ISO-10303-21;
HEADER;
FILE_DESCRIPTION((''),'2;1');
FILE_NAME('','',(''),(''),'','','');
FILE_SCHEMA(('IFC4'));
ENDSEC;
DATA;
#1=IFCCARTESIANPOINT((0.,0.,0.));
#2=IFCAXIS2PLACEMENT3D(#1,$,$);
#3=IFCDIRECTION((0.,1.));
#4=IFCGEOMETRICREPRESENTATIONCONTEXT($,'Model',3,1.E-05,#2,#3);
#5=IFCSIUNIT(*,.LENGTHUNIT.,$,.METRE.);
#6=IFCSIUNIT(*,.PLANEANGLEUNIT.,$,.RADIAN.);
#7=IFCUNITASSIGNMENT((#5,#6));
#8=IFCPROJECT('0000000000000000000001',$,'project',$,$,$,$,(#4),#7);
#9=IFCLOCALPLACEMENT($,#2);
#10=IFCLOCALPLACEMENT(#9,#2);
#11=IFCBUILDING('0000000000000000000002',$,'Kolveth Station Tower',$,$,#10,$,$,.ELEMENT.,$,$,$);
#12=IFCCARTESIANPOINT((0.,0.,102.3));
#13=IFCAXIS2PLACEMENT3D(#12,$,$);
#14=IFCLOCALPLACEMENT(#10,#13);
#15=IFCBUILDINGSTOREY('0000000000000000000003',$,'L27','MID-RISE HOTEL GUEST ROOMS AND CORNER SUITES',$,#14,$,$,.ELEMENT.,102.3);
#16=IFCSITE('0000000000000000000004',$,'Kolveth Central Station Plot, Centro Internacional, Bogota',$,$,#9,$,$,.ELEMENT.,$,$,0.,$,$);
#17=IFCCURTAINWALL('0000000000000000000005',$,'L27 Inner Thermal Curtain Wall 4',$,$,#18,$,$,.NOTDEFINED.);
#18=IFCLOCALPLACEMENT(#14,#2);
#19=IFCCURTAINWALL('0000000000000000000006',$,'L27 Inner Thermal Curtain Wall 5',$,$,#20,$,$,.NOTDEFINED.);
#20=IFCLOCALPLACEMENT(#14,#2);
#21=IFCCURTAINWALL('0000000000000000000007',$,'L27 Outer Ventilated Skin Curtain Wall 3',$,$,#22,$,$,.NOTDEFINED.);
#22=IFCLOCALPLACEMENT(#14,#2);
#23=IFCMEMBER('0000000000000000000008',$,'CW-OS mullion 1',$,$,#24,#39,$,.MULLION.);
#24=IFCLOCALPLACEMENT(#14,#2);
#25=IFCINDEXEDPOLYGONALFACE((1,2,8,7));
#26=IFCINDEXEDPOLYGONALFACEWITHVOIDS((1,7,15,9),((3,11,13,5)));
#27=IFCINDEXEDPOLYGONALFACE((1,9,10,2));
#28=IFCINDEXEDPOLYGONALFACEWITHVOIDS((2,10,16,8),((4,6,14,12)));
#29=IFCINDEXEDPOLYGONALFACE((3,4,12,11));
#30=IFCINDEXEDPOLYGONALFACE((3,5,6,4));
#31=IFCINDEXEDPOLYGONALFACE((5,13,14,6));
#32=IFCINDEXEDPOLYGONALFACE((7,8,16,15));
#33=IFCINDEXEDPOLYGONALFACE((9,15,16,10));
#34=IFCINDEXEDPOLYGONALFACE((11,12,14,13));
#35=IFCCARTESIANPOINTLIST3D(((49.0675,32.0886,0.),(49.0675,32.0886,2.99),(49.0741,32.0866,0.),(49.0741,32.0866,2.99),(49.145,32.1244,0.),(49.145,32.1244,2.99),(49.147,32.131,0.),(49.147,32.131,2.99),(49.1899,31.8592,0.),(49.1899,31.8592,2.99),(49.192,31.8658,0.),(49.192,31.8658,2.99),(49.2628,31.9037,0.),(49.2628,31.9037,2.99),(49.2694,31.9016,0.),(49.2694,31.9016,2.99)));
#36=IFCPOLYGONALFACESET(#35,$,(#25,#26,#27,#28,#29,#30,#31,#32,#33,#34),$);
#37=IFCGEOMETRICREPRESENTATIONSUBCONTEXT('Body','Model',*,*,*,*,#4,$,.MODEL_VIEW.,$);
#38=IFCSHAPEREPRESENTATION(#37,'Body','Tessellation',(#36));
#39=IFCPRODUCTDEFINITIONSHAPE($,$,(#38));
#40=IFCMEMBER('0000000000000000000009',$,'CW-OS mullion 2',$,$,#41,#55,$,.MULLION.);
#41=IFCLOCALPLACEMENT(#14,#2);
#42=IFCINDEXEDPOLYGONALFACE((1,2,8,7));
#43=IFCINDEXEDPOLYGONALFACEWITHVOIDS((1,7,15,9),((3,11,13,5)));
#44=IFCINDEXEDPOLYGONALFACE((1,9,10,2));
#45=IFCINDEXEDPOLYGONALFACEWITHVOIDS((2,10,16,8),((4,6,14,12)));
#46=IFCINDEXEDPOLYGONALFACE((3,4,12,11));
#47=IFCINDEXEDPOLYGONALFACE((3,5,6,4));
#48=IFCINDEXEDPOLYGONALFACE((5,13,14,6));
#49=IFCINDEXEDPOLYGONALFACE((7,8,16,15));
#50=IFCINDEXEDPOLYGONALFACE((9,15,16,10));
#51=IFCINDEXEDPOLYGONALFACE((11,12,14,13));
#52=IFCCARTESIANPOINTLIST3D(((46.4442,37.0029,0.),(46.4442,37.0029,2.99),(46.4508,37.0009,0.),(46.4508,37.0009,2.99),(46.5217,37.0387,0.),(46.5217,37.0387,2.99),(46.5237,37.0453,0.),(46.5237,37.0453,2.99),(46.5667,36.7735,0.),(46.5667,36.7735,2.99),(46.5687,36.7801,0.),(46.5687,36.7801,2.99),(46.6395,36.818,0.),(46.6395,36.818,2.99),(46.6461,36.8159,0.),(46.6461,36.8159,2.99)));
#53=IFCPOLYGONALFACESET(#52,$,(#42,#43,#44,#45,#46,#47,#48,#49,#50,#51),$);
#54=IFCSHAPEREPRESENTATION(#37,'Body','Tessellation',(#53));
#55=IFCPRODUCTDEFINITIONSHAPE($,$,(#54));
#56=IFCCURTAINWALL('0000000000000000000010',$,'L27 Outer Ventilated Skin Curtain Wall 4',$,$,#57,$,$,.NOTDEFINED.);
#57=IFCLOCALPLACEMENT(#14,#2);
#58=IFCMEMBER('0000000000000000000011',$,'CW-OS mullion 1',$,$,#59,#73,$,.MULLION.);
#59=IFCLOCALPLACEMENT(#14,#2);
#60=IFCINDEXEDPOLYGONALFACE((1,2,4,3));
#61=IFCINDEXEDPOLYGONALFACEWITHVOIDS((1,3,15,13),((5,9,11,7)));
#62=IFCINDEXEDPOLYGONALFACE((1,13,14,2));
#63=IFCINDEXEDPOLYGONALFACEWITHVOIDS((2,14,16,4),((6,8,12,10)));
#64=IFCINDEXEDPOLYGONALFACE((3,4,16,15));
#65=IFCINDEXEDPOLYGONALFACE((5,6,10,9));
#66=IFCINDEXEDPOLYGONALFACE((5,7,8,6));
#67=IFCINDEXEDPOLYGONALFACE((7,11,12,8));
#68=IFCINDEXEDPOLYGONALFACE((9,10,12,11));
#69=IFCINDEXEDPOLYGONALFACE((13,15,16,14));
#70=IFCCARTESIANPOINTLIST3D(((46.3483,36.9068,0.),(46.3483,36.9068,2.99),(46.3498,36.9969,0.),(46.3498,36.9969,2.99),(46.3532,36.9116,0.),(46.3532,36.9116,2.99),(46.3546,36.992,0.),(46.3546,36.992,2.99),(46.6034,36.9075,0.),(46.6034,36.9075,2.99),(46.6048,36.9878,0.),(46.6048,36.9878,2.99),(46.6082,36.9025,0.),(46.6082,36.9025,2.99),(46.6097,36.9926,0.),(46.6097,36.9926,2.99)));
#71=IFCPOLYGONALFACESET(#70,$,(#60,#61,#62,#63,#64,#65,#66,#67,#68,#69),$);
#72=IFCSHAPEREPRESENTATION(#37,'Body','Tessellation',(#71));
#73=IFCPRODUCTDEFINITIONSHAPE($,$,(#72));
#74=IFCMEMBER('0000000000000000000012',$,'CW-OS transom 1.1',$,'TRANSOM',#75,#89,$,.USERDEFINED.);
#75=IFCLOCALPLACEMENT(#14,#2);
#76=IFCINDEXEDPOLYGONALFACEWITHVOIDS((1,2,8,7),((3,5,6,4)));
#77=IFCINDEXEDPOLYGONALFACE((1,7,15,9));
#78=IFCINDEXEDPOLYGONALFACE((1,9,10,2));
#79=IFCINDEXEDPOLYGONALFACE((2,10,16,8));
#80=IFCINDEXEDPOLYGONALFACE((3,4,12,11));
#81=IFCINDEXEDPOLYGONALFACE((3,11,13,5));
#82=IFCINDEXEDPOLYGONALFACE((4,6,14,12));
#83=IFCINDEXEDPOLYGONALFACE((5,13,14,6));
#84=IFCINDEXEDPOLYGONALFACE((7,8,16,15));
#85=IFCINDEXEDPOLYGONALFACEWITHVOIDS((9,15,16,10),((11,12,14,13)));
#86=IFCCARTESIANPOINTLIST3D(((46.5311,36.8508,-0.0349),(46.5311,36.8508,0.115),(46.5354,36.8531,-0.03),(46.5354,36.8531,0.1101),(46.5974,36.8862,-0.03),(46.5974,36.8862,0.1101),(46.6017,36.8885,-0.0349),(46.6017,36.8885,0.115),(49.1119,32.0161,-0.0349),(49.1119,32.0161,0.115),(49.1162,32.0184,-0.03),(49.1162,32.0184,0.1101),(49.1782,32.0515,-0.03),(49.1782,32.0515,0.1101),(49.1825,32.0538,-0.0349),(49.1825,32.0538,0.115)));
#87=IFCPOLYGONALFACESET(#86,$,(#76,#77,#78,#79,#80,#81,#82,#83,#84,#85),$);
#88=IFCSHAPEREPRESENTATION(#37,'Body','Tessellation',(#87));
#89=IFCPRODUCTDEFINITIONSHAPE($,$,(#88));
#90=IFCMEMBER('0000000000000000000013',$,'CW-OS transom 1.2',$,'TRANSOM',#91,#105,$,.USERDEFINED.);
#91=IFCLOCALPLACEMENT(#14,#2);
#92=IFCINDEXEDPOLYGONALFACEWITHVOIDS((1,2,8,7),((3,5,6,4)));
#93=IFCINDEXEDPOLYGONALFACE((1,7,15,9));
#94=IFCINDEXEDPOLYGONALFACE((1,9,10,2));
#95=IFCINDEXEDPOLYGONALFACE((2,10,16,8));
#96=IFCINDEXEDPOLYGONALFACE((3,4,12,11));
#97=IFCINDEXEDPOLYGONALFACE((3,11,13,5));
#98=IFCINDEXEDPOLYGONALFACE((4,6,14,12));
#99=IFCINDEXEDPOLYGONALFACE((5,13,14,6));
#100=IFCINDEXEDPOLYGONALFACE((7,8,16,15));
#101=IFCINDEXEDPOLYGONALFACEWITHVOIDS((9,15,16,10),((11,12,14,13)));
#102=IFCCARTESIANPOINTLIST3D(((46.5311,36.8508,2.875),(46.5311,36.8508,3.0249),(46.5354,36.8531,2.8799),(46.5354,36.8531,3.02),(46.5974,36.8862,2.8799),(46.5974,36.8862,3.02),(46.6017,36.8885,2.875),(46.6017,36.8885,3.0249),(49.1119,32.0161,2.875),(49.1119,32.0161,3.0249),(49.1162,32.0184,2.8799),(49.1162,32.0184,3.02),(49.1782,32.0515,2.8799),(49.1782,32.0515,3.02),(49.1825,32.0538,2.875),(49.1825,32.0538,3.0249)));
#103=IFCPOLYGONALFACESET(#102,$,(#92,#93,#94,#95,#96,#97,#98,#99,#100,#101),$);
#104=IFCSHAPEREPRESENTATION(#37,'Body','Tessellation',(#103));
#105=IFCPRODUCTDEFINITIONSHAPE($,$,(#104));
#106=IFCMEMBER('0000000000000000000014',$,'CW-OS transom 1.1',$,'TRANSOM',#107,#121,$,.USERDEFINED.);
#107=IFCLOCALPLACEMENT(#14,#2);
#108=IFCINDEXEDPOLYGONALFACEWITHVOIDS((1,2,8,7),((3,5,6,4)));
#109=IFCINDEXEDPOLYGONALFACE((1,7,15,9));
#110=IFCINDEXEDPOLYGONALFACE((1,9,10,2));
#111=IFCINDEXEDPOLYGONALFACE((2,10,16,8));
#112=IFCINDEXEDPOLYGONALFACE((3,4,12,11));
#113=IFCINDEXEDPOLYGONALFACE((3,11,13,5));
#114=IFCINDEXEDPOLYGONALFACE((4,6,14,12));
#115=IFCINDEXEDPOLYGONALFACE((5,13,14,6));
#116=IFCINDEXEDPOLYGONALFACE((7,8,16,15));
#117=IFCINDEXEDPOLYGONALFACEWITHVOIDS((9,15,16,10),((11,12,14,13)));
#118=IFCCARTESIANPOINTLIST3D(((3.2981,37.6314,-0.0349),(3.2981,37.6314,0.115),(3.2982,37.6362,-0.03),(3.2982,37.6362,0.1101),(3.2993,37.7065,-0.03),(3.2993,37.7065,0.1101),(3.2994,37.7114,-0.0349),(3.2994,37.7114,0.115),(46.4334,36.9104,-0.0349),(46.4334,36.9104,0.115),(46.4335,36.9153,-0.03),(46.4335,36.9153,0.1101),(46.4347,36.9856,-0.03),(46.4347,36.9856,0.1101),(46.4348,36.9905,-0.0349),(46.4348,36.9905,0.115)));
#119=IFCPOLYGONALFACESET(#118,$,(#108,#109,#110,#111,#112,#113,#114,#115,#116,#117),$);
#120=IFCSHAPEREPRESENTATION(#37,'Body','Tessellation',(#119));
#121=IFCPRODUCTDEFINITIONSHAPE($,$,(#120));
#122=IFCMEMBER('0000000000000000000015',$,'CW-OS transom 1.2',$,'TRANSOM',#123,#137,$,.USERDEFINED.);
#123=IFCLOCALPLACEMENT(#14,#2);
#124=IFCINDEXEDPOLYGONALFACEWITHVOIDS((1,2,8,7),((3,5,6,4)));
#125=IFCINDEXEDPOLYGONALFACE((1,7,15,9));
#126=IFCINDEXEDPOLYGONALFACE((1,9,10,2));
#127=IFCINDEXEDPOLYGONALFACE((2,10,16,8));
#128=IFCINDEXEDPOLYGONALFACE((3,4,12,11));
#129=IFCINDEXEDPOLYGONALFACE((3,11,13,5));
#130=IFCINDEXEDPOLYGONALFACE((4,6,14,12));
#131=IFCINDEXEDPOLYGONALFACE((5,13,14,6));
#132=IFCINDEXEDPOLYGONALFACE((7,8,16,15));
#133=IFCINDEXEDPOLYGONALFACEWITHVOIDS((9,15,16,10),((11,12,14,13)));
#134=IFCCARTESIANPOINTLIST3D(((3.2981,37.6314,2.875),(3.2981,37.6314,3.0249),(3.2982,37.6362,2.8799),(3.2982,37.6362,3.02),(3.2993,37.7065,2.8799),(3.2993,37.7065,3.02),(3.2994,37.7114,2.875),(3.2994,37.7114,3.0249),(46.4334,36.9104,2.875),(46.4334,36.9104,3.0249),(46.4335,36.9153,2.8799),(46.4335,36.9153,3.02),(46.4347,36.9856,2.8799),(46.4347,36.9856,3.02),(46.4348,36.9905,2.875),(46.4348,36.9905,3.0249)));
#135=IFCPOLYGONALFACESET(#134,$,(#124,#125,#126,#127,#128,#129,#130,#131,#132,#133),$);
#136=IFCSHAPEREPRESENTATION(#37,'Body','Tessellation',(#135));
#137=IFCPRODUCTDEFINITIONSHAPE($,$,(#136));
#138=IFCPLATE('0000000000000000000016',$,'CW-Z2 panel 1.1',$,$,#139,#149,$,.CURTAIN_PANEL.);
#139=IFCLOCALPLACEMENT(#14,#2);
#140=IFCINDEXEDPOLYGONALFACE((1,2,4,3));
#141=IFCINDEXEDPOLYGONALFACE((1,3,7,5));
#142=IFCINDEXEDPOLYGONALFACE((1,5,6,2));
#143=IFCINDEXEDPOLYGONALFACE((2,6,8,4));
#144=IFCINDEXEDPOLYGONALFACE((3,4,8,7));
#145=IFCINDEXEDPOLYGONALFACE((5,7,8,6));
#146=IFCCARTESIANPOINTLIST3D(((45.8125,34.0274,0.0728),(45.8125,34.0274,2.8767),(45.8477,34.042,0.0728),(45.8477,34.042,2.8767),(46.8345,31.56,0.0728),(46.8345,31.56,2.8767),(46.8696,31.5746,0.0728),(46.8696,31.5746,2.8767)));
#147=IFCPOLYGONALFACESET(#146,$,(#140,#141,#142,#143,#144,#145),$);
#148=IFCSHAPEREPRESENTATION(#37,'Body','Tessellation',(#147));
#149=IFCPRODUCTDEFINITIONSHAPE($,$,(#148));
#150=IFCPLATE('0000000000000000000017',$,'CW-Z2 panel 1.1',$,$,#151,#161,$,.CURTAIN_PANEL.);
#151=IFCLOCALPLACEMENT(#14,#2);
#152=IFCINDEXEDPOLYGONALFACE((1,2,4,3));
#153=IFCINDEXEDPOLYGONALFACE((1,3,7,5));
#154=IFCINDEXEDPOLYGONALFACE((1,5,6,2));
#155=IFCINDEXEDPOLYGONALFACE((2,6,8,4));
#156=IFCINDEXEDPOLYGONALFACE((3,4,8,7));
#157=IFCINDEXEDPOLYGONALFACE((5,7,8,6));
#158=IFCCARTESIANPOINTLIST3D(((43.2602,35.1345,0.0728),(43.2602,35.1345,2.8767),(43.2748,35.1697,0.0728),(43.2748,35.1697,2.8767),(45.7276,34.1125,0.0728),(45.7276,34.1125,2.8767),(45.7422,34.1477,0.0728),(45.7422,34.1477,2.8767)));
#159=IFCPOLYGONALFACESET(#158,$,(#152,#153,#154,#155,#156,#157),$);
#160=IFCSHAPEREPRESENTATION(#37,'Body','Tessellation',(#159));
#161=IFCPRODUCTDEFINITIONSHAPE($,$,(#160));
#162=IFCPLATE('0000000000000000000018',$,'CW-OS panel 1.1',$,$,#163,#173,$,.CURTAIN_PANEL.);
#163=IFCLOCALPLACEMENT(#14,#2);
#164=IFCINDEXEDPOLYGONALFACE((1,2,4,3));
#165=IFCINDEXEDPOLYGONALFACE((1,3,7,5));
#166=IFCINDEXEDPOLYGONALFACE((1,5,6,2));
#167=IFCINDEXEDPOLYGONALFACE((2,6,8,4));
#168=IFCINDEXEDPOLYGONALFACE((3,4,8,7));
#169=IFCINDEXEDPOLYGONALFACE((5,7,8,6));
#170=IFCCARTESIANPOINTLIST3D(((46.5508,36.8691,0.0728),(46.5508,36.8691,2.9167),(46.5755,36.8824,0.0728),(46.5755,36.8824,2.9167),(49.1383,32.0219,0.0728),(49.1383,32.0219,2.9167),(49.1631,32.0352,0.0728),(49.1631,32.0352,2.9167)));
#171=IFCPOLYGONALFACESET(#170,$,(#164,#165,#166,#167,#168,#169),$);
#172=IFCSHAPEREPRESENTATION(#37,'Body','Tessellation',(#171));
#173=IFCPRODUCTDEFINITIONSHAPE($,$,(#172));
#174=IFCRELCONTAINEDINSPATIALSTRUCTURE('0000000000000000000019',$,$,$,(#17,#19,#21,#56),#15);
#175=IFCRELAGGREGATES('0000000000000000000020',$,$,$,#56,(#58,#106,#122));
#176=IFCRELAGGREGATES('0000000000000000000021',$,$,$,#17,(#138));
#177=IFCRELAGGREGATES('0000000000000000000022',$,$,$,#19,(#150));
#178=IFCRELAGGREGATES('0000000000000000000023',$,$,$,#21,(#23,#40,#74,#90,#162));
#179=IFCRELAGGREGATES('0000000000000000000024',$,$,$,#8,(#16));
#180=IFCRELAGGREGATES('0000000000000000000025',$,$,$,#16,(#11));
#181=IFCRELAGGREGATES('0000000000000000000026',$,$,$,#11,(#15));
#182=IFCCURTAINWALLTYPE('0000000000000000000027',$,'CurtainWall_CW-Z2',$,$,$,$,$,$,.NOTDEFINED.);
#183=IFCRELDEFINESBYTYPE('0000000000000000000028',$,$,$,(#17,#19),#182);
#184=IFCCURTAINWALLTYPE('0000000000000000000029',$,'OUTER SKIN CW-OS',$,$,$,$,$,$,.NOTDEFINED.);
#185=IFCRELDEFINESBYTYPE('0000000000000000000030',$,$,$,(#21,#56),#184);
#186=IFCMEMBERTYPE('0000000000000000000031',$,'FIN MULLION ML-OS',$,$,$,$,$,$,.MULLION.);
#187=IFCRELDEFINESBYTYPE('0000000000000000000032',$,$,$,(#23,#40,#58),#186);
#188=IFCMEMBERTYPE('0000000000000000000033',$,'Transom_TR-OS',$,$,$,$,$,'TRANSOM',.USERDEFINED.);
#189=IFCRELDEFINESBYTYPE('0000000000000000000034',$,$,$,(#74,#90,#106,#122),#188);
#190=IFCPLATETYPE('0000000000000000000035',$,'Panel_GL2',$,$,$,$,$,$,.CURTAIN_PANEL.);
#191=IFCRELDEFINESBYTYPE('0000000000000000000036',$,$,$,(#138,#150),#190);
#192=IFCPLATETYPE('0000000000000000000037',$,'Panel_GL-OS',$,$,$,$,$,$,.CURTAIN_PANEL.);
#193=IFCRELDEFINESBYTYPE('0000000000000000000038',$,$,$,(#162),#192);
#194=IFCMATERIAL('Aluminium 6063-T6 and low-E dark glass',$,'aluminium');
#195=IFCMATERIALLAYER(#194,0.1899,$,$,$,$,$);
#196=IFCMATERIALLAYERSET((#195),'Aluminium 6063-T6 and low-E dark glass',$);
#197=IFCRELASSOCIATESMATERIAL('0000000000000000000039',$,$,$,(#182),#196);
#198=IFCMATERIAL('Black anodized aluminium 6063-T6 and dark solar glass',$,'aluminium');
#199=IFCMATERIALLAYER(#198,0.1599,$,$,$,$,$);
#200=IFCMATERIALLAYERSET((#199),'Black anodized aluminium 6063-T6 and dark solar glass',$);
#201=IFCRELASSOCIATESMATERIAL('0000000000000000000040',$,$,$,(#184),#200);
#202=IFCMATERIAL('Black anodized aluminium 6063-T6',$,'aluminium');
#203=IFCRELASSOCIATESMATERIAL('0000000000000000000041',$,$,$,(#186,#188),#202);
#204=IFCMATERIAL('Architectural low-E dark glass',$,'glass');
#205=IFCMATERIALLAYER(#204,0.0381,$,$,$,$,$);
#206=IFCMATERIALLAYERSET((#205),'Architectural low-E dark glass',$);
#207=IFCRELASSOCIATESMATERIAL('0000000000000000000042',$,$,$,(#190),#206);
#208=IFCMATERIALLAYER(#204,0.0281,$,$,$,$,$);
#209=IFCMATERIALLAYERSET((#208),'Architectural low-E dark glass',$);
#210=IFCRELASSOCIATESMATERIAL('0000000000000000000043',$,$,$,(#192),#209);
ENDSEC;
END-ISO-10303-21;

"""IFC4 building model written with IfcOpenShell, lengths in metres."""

from ifc_helpers import new_model, si_unit, direction, frame, origin, origin_2d, place, context, subcontext, project, spatial, rectangle, hollow_rectangle, extrude, source, transform, mapped, material, layer, layer_set, material_profile, profile_set, type_object, element, aggregate, save


model = new_model("IFC4")

# Units and contexts
model_context = context("Model", 3, precision=1e-05, world=origin(), true_north=direction((0.0, 1.0)))
body_context = subcontext(model_context, "Body", "Model", "MODEL_VIEW")
ifc_project = project(units=[si_unit("LENGTHUNIT", "METRE"), si_unit("PLANEANGLEUNIT", "RADIAN")], contexts=[model_context])

# Site, building, storey
site_placement = place(None, origin())
site = spatial("IfcSite", under=ifc_project, at=site_placement, Name="Kolveth Central Station Plot, Centro Internacional, Bogota", CompositionType="ELEMENT", RefElevation=0.0)
building_placement = place(site_placement, origin())
building = spatial("IfcBuilding", under=site, at=building_placement, Name="Kolveth Station Tower", CompositionType="ELEMENT")
storey_placement = place(building_placement, frame((0.0, 0.0, 102.3)))
storey = spatial("IfcBuildingStorey", under=building, at=storey_placement, Name="L27", Description="MID-RISE HOTEL GUEST ROOMS AND CORNER SUITES", CompositionType="ELEMENT", Elevation=102.3)

# Curtain wall
ifc_material_1 = material(Name="Aluminium 6063-T6 and low-E dark glass", Category="aluminium")
ifc_layer_1 = layer(ifc_material_1, 0.1899)
ifc_layer_set_1 = layer_set([ifc_layer_1], Name="Aluminium 6063-T6 and low-E dark glass")
curtain_wall_type_1 = type_object("IfcCurtainWallType", Name="CurtainWall_CW-Z2", PredefinedType="NOTDEFINED", material=ifc_layer_set_1)
curtain_wall_1_placement = place(storey_placement, origin())
curtain_wall_1 = element("IfcCurtainWall", 1, at=curtain_wall_1_placement, inside=storey, type_object=curtain_wall_type_1, Name="L27 Inner Thermal Curtain Wall 4", PredefinedType="NOTDEFINED")
ifc_material_2 = material(Name="Black anodized aluminium 6063-T6", Category="aluminium")

# Curtain wall
curtain_wall_2_placement = place(storey_placement, origin())
curtain_wall_2 = element("IfcCurtainWall", 2, at=curtain_wall_2_placement, inside=storey, type_object=curtain_wall_type_1, Name="L27 Inner Thermal Curtain Wall 5", PredefinedType="NOTDEFINED")

# Shared definitions
ifc_material_3 = material(Name="Black anodized aluminium 6063-T6 and dark solar glass", Category="aluminium")
ifc_layer_2 = layer(ifc_material_3, 0.1599)
ifc_layer_set_2 = layer_set([ifc_layer_2], Name="Black anodized aluminium 6063-T6 and dark solar glass")
curtain_wall_type_2 = type_object("IfcCurtainWallType", Name="OUTER SKIN CW-OS", PredefinedType="NOTDEFINED", material=ifc_layer_set_2)
ifc_material_profile_1 = material_profile(ifc_material_2, hollow_rectangle(XDim=0.0901, YDim=0.26, WallThickness=0.0049, at=origin_2d()), Name="ALU-90x260x5")
ifc_profile_set_1 = profile_set([ifc_material_profile_1], Name="Black anodized aluminium 6063-T6")
member_type_1 = type_object("IfcMemberType", Name="FIN MULLION ML-OS", PredefinedType="MULLION", material=ifc_profile_set_1)
shared_shape_1 = source(origin(), body_context, "Body", "SweptSolid", [
    extrude(hollow_rectangle(XDim=0.0901, YDim=0.26, WallThickness=0.0049, at=origin_2d()), origin(), (0.0, 0.0, 1.0), 2.99),
])

# Curtain wall, members
curtain_wall_3_placement = place(storey_placement, origin())
curtain_wall_3 = element("IfcCurtainWall", 3, at=curtain_wall_3_placement, inside=storey, type_object=curtain_wall_type_2, Name="L27 Outer Ventilated Skin Curtain Wall 3", PredefinedType="NOTDEFINED")
member_1_placement = place(storey_placement, frame((49.1685, 31.9951, 0.0), z_axis=(0.0, 0.0, 1.0), x_axis=(-0.882173, -0.470925, 0.0)))
member_1 = element("IfcMember", 4, at=member_1_placement, type_object=member_type_1, Name="CW-OS mullion 1", PredefinedType="MULLION", context=body_context, shape_type="MappedRepresentation", body=[
    mapped(shared_shape_1, transform((0.0, 0.0, 0.0), x_axis=(1.0, 0.0, 0.0), y_axis=(0.0, 1.0, 0.0), z_axis=(0.0, 0.0, 1.0), scale=1.0)),
])
member_2_placement = place(storey_placement, frame((46.5452, 36.9094, 0.0), z_axis=(0.0, 0.0, 1.0), x_axis=(-0.882173, -0.470925, 0.0)))
member_2 = element("IfcMember", 5, at=member_2_placement, type_object=member_type_1, Name="CW-OS mullion 2", PredefinedType="MULLION", context=body_context, shape_type="MappedRepresentation", body=[
    mapped(shared_shape_1, transform((0.0, 0.0, 0.0), x_axis=(1.0, 0.0, 0.0), y_axis=(0.0, 1.0, 0.0), z_axis=(0.0, 0.0, 1.0), scale=1.0)),
])

# Curtain wall, member
curtain_wall_4_placement = place(storey_placement, origin())
curtain_wall_4 = element("IfcCurtainWall", 6, at=curtain_wall_4_placement, inside=storey, type_object=curtain_wall_type_2, Name="L27 Outer Ventilated Skin Curtain Wall 4", PredefinedType="NOTDEFINED")
member_3_placement = place(storey_placement, frame((46.479, 36.9497, 0.0), z_axis=(0.0, 0.0, 1.0), x_axis=(-0.016712, -0.99986, 0.0)))
member_3 = element("IfcMember", 7, at=member_3_placement, type_object=member_type_1, Name="CW-OS mullion 1", PredefinedType="MULLION", context=body_context, shape_type="MappedRepresentation", body=[
    mapped(shared_shape_1, transform((0.0, 0.0, 0.0), x_axis=(1.0, 0.0, 0.0), y_axis=(0.0, 1.0, 0.0), z_axis=(0.0, 0.0, 1.0), scale=1.0)),
])

# Members
ifc_material_profile_2 = material_profile(ifc_material_2, hollow_rectangle(XDim=0.0801, YDim=0.1499, WallThickness=0.0049, at=origin_2d()), Name="ALU-80x150x5")
ifc_profile_set_2 = profile_set([ifc_material_profile_2], Name="Black anodized aluminium 6063-T6")
member_type_2 = type_object("IfcMemberType", Name="Transom_TR-OS", ElementType="TRANSOM", PredefinedType="USERDEFINED", material=ifc_profile_set_2)
shared_shape_2 = source(origin(), body_context, "Body", "SweptSolid", [
    extrude(hollow_rectangle(XDim=0.0801, YDim=0.1499, WallThickness=0.0049, at=origin_2d()), origin(), (0.0, 0.0, 1.0), 5.4805),
])
member_4_placement = place(storey_placement, frame((49.1472, 32.0349, 0.04), z_axis=(-0.470914, 0.882179, 0.0), x_axis=(-0.882179, -0.470914, 0.0)))
member_4 = element("IfcMember", 8, at=member_4_placement, type_object=member_type_2, Name="CW-OS transom 1.1", ObjectType="TRANSOM", PredefinedType="USERDEFINED", context=body_context, shape_type="MappedRepresentation", body=[
    mapped(shared_shape_2, transform((0.0, 0.0, 0.0), x_axis=(1.0, 0.0, 0.0), y_axis=(0.0, 1.0, 0.0), z_axis=(0.0, 0.0, 1.0), scale=1.0)),
])
member_5_placement = place(storey_placement, frame((49.1472, 32.0349, 2.95), z_axis=(-0.470914, 0.882179, 0.0), x_axis=(-0.882179, -0.470914, 0.0)))
member_5 = element("IfcMember", 9, at=member_5_placement, type_object=member_type_2, Name="CW-OS transom 1.2", ObjectType="TRANSOM", PredefinedType="USERDEFINED", context=body_context, shape_type="MappedRepresentation", body=[
    mapped(shared_shape_2, transform((0.0, 0.0, 0.0), x_axis=(1.0, 0.0, 0.0), y_axis=(0.0, 1.0, 0.0), z_axis=(0.0, 0.0, 1.0), scale=1.0)),
])
shared_shape_3 = source(origin(), body_context, "Body", "SweptSolid", [
    extrude(hollow_rectangle(XDim=0.0801, YDim=0.1499, WallThickness=0.0049, at=origin_2d()), origin(), (0.0, 0.0, 1.0), 43.1414),
])
member_6_placement = place(storey_placement, frame((46.4341, 36.9504, 0.04), z_axis=(-0.99986, 0.016711, 0.0), x_axis=(-0.016711, -0.99986, 0.0)))
member_6 = element("IfcMember", 10, at=member_6_placement, type_object=member_type_2, Name="CW-OS transom 1.1", ObjectType="TRANSOM", PredefinedType="USERDEFINED", context=body_context, shape_type="MappedRepresentation", body=[
    mapped(shared_shape_3, transform((0.0, 0.0, 0.0), x_axis=(1.0, 0.0, 0.0), y_axis=(0.0, 1.0, 0.0), z_axis=(0.0, 0.0, 1.0), scale=1.0)),
])
member_7_placement = place(storey_placement, frame((46.4341, 36.9504, 2.95), z_axis=(-0.99986, 0.016711, 0.0), x_axis=(-0.016711, -0.99986, 0.0)))
member_7 = element("IfcMember", 11, at=member_7_placement, type_object=member_type_2, Name="CW-OS transom 1.2", ObjectType="TRANSOM", PredefinedType="USERDEFINED", context=body_context, shape_type="MappedRepresentation", body=[
    mapped(shared_shape_3, transform((0.0, 0.0, 0.0), x_axis=(1.0, 0.0, 0.0), y_axis=(0.0, 1.0, 0.0), z_axis=(0.0, 0.0, 1.0), scale=1.0)),
])
aggregate(curtain_wall_4, [member_3, member_6, member_7])

# Plates
ifc_material_4 = material(Name="Architectural low-E dark glass", Category="glass")
ifc_layer_3 = layer(ifc_material_4, 0.0381)
ifc_layer_set_3 = layer_set([ifc_layer_3], Name="Architectural low-E dark glass")
plate_type_1 = type_object("IfcPlateType", Name="Panel_GL2", PredefinedType="CURTAIN_PANEL", material=ifc_layer_set_3)
shared_shape_4 = source(origin(), body_context, "Body", "SweptSolid", [
    extrude(rectangle(XDim=2.6707, YDim=0.0381, at=origin_2d()), origin(), (0.0, 0.0, 1.0), 2.804),
])
plate_1_placement = place(storey_placement, frame((46.3411, 32.801, 0.0728), z_axis=(0.0, 0.0, 1.0), x_axis=(-0.382663, 0.923888, 0.0)))
plate_1 = element("IfcPlate", 12, at=plate_1_placement, type_object=plate_type_1, Name="CW-Z2 panel 1.1", PredefinedType="CURTAIN_PANEL", context=body_context, shape_type="MappedRepresentation", body=[
    mapped(shared_shape_4, transform((0.0, 0.0, 0.0), x_axis=(1.0, 0.0, 0.0), y_axis=(0.0, 1.0, 0.0), z_axis=(0.0, 0.0, 1.0), scale=1.0)),
])
aggregate(curtain_wall_1, [plate_1])
plate_2_placement = place(storey_placement, frame((44.5012, 34.6411, 0.0728), z_axis=(0.0, 0.0, 1.0), x_axis=(-0.923888, 0.382663, 0.0)))
plate_2 = element("IfcPlate", 13, at=plate_2_placement, type_object=plate_type_1, Name="CW-Z2 panel 1.1", PredefinedType="CURTAIN_PANEL", context=body_context, shape_type="MappedRepresentation", body=[
    mapped(shared_shape_4, transform((0.0, 0.0, 0.0), x_axis=(1.0, 0.0, 0.0), y_axis=(0.0, 1.0, 0.0), z_axis=(0.0, 0.0, 1.0), scale=1.0)),
])
aggregate(curtain_wall_2, [plate_2])
ifc_layer_4 = layer(ifc_material_4, 0.0281)
ifc_layer_set_4 = layer_set([ifc_layer_4], Name="Architectural low-E dark glass")
plate_type_2 = type_object("IfcPlateType", Name="Panel_GL-OS", PredefinedType="CURTAIN_PANEL", material=ifc_layer_set_4)
shared_shape_5 = source(origin(), body_context, "Body", "SweptSolid", [
    extrude(rectangle(XDim=5.4946, YDim=0.0281, at=origin_2d()), origin(), (0.0, 0.0, 1.0), 2.844),
])
plate_3_placement = place(storey_placement, frame((47.8569, 34.4521, 0.0728), z_axis=(0.0, 0.0, 1.0), x_axis=(-0.470925, 0.882173, 0.0)))
plate_3 = element("IfcPlate", 14, at=plate_3_placement, type_object=plate_type_2, Name="CW-OS panel 1.1", PredefinedType="CURTAIN_PANEL", context=body_context, shape_type="MappedRepresentation", body=[
    mapped(shared_shape_5, transform((0.0, 0.0, 0.0), x_axis=(1.0, 0.0, 0.0), y_axis=(0.0, 1.0, 0.0), z_axis=(0.0, 0.0, 1.0), scale=1.0)),
])
aggregate(curtain_wall_3, [member_1, member_2, member_4, member_5, plate_3])

save(model, "model.ifc")
